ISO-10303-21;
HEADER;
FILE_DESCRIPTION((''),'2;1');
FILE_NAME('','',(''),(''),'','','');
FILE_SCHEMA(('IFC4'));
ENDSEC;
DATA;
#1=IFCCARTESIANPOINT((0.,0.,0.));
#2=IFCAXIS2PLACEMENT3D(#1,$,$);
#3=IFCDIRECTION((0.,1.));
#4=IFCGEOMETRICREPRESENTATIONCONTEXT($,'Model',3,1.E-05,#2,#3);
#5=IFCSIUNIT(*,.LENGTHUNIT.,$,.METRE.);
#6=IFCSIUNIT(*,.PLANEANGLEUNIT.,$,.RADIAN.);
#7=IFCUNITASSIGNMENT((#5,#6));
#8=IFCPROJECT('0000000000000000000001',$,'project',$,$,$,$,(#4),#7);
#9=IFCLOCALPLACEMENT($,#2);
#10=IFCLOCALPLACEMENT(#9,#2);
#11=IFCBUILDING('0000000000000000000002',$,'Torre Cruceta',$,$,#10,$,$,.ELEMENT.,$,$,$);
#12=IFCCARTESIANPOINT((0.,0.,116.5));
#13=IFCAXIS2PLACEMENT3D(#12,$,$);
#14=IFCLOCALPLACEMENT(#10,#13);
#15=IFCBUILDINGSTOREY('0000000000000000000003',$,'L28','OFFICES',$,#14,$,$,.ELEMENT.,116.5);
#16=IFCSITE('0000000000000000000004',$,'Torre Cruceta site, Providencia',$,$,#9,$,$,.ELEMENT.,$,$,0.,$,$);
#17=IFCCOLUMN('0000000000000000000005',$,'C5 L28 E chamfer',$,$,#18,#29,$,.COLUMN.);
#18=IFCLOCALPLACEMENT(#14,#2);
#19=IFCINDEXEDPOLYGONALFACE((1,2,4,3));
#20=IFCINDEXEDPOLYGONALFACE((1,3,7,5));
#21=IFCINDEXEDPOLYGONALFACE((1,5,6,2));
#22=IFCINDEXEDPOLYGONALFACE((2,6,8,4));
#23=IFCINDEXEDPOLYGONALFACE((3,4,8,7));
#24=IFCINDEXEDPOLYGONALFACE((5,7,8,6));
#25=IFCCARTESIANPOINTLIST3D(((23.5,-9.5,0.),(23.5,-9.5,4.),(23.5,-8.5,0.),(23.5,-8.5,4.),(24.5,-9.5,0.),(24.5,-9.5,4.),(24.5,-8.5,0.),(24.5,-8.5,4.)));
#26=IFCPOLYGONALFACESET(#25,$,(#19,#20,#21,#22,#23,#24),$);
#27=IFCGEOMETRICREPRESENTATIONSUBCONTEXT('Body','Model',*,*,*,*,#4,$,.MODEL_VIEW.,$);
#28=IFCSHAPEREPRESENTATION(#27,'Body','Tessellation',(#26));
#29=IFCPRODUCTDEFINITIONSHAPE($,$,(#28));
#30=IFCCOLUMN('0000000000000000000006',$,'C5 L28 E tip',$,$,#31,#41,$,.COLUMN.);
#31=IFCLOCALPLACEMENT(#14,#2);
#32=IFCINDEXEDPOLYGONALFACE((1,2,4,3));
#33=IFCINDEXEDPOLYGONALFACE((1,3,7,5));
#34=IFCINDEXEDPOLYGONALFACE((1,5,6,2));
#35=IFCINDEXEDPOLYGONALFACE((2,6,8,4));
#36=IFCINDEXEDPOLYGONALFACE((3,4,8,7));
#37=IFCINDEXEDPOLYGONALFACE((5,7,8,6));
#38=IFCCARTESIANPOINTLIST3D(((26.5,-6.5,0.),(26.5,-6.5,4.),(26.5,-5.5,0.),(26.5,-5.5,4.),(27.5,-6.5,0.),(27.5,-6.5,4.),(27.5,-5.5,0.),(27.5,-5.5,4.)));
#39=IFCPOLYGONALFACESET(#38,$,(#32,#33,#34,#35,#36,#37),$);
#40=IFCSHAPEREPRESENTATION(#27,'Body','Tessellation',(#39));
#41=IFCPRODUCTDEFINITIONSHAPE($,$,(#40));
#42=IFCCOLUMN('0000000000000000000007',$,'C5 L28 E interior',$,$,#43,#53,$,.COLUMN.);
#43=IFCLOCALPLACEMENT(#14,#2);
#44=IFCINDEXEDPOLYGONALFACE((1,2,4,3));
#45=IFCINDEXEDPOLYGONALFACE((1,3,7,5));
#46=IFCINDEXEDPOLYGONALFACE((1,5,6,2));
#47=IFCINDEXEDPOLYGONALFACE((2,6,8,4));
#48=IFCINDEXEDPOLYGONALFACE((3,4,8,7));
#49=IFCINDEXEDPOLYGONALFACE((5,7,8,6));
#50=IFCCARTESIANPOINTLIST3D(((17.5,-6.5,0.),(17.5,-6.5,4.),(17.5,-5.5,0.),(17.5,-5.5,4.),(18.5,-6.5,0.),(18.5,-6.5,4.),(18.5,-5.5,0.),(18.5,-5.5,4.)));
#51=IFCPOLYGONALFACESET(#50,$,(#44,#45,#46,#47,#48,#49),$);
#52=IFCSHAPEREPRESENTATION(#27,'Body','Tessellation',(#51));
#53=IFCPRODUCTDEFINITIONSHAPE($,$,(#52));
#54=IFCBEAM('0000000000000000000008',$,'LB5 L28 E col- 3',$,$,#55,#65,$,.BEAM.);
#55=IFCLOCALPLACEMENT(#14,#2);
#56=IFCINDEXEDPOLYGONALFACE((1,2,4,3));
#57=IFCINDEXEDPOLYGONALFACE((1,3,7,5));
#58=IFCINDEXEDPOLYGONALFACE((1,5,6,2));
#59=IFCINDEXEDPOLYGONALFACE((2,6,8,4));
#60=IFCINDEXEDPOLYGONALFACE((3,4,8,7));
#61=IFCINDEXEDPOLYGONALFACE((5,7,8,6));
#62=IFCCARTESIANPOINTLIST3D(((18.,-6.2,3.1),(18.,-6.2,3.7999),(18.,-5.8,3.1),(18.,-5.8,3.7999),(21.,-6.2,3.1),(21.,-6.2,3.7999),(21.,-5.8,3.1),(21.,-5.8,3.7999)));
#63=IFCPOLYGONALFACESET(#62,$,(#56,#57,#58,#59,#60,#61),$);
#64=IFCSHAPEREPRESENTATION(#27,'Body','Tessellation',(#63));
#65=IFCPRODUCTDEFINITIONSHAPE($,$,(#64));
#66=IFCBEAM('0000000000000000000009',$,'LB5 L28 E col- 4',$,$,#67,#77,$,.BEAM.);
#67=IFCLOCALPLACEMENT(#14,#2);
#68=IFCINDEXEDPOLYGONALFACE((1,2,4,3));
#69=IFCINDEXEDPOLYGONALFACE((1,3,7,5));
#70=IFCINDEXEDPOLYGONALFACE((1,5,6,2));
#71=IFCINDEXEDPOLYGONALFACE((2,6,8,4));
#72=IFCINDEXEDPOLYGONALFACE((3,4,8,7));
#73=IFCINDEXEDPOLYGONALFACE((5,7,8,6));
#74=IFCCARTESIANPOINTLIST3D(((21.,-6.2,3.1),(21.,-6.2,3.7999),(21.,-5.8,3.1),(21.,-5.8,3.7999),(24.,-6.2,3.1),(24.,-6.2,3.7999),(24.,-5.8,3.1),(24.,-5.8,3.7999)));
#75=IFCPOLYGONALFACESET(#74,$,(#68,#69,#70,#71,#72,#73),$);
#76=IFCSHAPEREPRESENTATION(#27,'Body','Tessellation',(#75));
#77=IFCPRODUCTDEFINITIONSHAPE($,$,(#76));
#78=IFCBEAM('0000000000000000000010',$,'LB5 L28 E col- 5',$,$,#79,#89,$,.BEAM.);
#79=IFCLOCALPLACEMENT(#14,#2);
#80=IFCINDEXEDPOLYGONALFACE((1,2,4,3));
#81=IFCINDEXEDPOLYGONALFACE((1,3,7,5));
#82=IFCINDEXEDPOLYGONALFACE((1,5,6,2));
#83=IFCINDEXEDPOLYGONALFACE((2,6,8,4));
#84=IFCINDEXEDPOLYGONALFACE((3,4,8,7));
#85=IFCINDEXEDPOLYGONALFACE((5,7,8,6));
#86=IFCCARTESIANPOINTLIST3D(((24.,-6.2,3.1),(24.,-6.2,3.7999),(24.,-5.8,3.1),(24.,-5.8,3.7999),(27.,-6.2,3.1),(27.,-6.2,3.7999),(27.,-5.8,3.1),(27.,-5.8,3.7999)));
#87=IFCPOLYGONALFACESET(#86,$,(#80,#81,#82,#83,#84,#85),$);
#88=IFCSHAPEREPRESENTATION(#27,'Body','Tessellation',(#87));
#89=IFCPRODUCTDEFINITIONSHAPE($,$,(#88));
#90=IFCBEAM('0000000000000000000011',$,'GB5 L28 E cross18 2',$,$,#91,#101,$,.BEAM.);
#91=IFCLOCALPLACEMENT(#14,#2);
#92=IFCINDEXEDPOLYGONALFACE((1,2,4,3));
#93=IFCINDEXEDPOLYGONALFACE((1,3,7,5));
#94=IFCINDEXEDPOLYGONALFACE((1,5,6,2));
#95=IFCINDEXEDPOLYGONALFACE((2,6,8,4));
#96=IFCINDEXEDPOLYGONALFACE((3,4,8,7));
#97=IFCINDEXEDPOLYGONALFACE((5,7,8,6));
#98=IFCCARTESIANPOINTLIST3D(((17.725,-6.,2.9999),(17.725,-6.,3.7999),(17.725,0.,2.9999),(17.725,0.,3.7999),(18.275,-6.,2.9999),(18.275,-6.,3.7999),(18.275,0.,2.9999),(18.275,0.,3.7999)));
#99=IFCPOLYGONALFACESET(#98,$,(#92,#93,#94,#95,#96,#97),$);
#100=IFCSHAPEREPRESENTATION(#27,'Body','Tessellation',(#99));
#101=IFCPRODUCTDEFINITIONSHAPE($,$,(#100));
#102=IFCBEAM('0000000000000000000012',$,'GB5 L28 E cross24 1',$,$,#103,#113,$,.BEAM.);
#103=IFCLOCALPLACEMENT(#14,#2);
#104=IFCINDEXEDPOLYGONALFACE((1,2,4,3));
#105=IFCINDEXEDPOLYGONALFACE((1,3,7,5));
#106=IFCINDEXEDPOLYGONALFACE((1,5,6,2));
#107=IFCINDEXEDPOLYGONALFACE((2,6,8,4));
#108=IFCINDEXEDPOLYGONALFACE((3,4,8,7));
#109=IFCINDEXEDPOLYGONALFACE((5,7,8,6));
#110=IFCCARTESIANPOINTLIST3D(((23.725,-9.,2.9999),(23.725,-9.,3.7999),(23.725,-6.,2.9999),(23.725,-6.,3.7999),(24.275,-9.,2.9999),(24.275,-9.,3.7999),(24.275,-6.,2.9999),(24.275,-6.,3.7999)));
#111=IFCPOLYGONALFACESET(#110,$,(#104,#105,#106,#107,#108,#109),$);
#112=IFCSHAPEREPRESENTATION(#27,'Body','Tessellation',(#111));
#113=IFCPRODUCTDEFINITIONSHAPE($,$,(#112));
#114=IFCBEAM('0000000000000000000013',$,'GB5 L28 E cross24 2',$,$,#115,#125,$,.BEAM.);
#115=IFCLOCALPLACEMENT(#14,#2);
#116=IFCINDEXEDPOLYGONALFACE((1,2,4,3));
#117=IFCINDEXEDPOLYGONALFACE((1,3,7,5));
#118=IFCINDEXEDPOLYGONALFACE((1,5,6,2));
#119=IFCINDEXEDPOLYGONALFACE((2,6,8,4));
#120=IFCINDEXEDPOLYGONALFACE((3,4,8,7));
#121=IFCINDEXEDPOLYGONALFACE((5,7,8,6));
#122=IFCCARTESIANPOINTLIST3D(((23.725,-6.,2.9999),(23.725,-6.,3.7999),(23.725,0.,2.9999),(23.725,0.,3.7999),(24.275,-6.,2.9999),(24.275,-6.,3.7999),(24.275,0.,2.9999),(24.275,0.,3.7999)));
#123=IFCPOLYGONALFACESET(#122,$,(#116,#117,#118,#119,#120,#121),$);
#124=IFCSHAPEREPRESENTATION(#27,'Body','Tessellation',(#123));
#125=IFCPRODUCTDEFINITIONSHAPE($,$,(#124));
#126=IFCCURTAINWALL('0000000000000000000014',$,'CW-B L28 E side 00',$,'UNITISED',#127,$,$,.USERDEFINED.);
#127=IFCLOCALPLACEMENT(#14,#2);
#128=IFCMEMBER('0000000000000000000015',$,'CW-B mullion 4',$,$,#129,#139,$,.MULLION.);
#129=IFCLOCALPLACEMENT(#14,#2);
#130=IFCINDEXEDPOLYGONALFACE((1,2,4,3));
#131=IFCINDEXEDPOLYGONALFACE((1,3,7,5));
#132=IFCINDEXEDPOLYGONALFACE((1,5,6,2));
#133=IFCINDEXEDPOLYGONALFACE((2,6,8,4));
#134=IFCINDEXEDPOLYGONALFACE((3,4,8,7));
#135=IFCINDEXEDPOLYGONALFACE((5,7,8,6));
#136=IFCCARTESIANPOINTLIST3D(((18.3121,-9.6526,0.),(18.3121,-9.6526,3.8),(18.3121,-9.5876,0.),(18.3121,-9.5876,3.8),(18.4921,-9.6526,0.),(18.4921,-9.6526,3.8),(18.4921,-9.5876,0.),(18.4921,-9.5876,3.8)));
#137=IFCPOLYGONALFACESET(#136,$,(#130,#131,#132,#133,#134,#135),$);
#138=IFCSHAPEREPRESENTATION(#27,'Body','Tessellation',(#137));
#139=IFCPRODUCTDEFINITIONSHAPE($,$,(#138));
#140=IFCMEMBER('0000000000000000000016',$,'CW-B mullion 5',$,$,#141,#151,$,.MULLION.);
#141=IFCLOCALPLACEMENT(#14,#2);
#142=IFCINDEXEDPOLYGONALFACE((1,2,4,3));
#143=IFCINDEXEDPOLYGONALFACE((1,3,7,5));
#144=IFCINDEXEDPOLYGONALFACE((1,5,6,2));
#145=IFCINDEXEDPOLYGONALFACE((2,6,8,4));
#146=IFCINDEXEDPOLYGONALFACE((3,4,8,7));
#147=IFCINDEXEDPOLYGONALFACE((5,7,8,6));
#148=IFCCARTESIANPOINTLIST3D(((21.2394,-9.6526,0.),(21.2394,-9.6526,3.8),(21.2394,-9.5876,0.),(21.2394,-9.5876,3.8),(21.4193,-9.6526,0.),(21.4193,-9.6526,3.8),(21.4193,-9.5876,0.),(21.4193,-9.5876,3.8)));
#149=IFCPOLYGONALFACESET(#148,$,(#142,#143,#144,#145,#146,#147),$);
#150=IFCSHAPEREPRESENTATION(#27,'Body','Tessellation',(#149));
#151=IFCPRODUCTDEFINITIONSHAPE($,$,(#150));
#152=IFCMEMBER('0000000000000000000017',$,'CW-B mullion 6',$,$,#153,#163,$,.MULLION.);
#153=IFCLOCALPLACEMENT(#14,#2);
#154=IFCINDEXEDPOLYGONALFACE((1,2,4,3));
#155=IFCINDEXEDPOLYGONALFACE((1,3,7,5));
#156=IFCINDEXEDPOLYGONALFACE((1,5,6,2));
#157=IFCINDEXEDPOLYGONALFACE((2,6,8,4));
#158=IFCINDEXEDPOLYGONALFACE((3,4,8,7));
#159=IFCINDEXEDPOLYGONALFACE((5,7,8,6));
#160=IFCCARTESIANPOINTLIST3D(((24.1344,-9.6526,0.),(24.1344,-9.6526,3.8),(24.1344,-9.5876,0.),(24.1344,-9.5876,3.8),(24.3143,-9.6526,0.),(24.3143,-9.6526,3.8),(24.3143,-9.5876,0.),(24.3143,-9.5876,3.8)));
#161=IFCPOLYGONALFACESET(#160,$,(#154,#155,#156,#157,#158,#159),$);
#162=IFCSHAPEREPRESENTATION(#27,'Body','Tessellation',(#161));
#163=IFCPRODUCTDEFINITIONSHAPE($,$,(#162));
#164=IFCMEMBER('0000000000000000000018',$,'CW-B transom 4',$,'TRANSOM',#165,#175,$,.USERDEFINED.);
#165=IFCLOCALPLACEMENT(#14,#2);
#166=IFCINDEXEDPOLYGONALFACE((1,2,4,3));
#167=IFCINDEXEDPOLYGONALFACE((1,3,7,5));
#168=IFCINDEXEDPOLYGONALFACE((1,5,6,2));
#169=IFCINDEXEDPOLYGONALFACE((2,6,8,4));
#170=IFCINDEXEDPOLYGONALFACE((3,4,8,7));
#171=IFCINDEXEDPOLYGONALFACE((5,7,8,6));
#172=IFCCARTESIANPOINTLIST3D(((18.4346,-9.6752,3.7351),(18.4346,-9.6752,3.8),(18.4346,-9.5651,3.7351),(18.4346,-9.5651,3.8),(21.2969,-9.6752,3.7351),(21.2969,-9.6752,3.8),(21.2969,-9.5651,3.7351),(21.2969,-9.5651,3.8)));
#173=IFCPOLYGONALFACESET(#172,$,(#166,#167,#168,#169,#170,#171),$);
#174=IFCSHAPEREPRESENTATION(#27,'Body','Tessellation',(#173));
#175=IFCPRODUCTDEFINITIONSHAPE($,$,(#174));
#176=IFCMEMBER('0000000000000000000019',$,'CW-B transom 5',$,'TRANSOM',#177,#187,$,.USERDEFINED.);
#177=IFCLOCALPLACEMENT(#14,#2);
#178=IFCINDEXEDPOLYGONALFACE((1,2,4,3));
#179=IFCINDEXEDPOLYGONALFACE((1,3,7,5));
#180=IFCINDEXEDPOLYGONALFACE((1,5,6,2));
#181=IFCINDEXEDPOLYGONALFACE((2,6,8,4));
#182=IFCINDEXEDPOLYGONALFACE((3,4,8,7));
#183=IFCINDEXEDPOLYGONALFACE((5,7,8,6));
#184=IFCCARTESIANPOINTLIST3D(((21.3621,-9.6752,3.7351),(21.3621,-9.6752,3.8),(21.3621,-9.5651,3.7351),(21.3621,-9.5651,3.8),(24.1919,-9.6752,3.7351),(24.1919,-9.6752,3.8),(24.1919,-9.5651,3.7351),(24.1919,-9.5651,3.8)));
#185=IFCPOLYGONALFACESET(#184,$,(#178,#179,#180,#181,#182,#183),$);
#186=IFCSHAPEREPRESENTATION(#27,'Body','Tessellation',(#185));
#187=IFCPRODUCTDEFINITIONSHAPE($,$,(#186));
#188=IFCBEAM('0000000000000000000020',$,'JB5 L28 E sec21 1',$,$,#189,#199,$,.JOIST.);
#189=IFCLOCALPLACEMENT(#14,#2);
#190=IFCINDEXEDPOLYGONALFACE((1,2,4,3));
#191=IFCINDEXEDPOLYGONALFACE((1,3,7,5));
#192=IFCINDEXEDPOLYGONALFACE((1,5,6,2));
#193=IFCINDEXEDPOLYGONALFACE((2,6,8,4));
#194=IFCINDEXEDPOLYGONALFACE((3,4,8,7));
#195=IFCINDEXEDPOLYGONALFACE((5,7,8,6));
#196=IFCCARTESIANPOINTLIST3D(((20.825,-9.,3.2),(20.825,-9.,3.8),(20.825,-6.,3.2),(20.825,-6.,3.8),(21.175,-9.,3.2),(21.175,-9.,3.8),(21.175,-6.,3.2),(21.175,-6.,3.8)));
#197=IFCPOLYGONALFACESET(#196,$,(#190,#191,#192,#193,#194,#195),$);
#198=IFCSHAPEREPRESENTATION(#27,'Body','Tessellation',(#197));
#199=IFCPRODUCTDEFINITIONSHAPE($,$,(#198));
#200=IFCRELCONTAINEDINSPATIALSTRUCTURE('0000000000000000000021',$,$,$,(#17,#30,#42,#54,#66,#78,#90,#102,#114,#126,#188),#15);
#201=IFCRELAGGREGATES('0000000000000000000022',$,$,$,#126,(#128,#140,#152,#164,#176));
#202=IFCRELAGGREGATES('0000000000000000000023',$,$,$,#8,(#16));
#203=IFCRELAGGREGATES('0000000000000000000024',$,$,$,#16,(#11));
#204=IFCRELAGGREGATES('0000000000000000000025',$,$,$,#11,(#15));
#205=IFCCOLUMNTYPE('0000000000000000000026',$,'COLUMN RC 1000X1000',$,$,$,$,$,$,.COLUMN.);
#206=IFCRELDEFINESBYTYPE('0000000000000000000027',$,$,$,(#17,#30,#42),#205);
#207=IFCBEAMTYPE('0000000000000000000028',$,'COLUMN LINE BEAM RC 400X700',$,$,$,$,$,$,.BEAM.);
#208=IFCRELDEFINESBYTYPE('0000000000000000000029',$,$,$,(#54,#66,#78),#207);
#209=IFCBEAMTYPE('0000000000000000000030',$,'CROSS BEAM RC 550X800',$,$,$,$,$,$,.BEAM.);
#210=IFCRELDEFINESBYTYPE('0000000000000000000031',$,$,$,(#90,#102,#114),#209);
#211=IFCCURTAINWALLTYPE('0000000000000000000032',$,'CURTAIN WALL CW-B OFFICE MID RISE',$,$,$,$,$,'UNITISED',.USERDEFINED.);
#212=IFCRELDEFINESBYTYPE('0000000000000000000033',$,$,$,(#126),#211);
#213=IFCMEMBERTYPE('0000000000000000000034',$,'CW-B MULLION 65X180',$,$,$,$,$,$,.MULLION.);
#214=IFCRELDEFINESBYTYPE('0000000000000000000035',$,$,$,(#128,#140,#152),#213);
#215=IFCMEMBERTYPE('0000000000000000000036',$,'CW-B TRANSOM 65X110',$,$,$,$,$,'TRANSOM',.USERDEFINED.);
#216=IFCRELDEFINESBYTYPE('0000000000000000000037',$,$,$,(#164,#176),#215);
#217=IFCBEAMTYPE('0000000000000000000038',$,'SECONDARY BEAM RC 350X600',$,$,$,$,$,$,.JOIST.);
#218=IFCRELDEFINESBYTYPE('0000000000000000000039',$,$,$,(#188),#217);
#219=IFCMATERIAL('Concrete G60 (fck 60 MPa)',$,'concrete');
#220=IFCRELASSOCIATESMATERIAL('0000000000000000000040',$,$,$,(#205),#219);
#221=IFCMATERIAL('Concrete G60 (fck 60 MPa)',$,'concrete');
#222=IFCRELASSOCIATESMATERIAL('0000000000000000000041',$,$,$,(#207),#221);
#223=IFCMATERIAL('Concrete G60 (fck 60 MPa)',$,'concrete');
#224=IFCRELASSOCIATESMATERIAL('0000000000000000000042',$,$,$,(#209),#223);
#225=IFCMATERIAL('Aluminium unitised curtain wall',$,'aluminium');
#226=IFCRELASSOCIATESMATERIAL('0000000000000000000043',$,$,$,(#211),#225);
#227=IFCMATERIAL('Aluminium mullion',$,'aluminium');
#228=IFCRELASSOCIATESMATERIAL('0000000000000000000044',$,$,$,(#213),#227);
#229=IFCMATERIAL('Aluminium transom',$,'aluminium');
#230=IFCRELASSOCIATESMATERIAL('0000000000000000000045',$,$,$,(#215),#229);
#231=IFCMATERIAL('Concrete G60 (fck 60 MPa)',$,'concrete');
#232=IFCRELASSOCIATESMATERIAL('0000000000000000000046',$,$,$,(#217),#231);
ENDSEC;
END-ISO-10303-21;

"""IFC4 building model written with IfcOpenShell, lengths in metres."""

from ifc_helpers import new_model, si_unit, direction, frame, origin, origin_2d, place, context, subcontext, project, spatial, rectangle, extrude, material, material_profile, profile_set, type_object, element, aggregate, save


model = new_model("IFC4")

# Units and contexts
model_context = context("Model", 3, precision=1e-05, world=origin(), true_north=direction((0.0, 1.0)))
body_context = subcontext(model_context, "Body", "Model", "MODEL_VIEW")
ifc_project = project(units=[si_unit("LENGTHUNIT", "METRE"), si_unit("PLANEANGLEUNIT", "RADIAN")], contexts=[model_context])

# Site, building, storey
site_placement = place(None, origin())
site = spatial("IfcSite", under=ifc_project, at=site_placement, Name="Torre Cruceta site, Providencia", CompositionType="ELEMENT", RefElevation=0.0)
building_placement = place(site_placement, origin())
building = spatial("IfcBuilding", under=site, at=building_placement, Name="Torre Cruceta", CompositionType="ELEMENT")
storey_placement = place(building_placement, frame((0.0, 0.0, 116.5)))
storey = spatial("IfcBuildingStorey", under=building, at=storey_placement, Name="L28", Description="OFFICES", CompositionType="ELEMENT", Elevation=116.5)

# Columns
ifc_material_1 = material(Name="Concrete G60 (fck 60 MPa)", Category="concrete")
ifc_material_profile_1 = material_profile(ifc_material_1, rectangle(XDim=1.0, YDim=1.0, at=origin_2d()), Name="RC 1000X1000")
ifc_profile_set_1 = profile_set([ifc_material_profile_1], Name="Concrete G60 (fck 60 MPa)")
column_type = type_object("IfcColumnType", Name="COLUMN RC 1000X1000", PredefinedType="COLUMN", material=ifc_profile_set_1)
for number, where, z_axis, x_axis, name in (
    (1, (24.0, -9.0, 0.0), (0.0, 0.0, 1.0), (1.0, 0.0, 0.0), "C5 L28 E chamfer"),
    (2, (27.0, -6.0, 0.0), (0.0, 0.0, 1.0), (1.0, 0.0, 0.0), "C5 L28 E tip"),
    (3, (18.0, -6.0, 0.0), (0.0, 0.0, 1.0), (1.0, 0.0, 0.0), "C5 L28 E interior"),
):
    element("IfcColumn", number, at=place(storey_placement, frame(where, z_axis=z_axis, x_axis=x_axis)), inside=storey, type_object=column_type, Name=name, PredefinedType="COLUMN", context=body_context, shape_type="SweptSolid", body=[
        extrude(rectangle(XDim=1.0, YDim=1.0, at=origin_2d()), origin(), (0.0, 0.0, 1.0), 4.0),
    ])

# Beams
ifc_material_2 = material(Name="Concrete G60 (fck 60 MPa)", Category="concrete")
ifc_material_profile_2 = material_profile(ifc_material_2, rectangle(XDim=0.3999, YDim=0.7, at=origin_2d()), Name="RC 400X700")
ifc_profile_set_2 = profile_set([ifc_material_profile_2], Name="Concrete G60 (fck 60 MPa)")
beam_type_1 = type_object("IfcBeamType", Name="COLUMN LINE BEAM RC 400X700", PredefinedType="BEAM", material=ifc_profile_set_2)
for number, where, z_axis, x_axis, name in (
    (4, (18.0, -6.0, 3.45), (1.0, 0.0, 0.0), (0.0, 1.0, 0.0), "LB5 L28 E col- 3"),
    (5, (21.0, -6.0, 3.45), (1.0, 0.0, 0.0), (0.0, 1.0, 0.0), "LB5 L28 E col- 4"),
    (6, (24.0, -6.0, 3.45), (1.0, 0.0, 0.0), (0.0, 1.0, 0.0), "LB5 L28 E col- 5"),
):
    element("IfcBeam", number, at=place(storey_placement, frame(where, z_axis=z_axis, x_axis=x_axis)), inside=storey, type_object=beam_type_1, Name=name, PredefinedType="BEAM", context=body_context, shape_type="SweptSolid", body=[
        extrude(rectangle(XDim=0.3999, YDim=0.7, at=origin_2d()), origin(), (0.0, 0.0, 1.0), 3.0),
    ])
ifc_material_3 = material(Name="Concrete G60 (fck 60 MPa)", Category="concrete")
ifc_material_profile_3 = material_profile(ifc_material_3, rectangle(XDim=0.55, YDim=0.8, at=origin_2d()), Name="RC 550X800")
ifc_profile_set_3 = profile_set([ifc_material_profile_3], Name="Concrete G60 (fck 60 MPa)")
beam_type_2 = type_object("IfcBeamType", Name="CROSS BEAM RC 550X800", PredefinedType="BEAM", material=ifc_profile_set_3)
beam_1_placement = place(storey_placement, frame((18.0, -6.0, 3.3999), z_axis=(0.0, 1.0, 0.0), x_axis=(-1.0, 0.0, 0.0)))
element("IfcBeam", 7, at=beam_1_placement, inside=storey, type_object=beam_type_2, Name="GB5 L28 E cross18 2", PredefinedType="BEAM", context=body_context, shape_type="SweptSolid", body=[
    extrude(rectangle(XDim=0.55, YDim=0.8, at=origin_2d()), origin(), (0.0, 0.0, 1.0), 6.0),
])
beam_2_placement = place(storey_placement, frame((24.0, -9.0, 3.3999), z_axis=(0.0, 1.0, 0.0), x_axis=(-1.0, 0.0, 0.0)))
element("IfcBeam", 8, at=beam_2_placement, inside=storey, type_object=beam_type_2, Name="GB5 L28 E cross24 1", PredefinedType="BEAM", context=body_context, shape_type="SweptSolid", body=[
    extrude(rectangle(XDim=0.55, YDim=0.8, at=origin_2d()), origin(), (0.0, 0.0, 1.0), 3.0),
])
beam_3_placement = place(storey_placement, frame((24.0, -6.0, 3.3999), z_axis=(0.0, 1.0, 0.0), x_axis=(-1.0, 0.0, 0.0)))
element("IfcBeam", 9, at=beam_3_placement, inside=storey, type_object=beam_type_2, Name="GB5 L28 E cross24 2", PredefinedType="BEAM", context=body_context, shape_type="SweptSolid", body=[
    extrude(rectangle(XDim=0.55, YDim=0.8, at=origin_2d()), origin(), (0.0, 0.0, 1.0), 6.0),
])

# Curtain wall, members
ifc_material_4 = material(Name="Aluminium unitised curtain wall", Category="aluminium")
curtain_wall_type = type_object("IfcCurtainWallType", Name="CURTAIN WALL CW-B OFFICE MID RISE", ElementType="UNITISED", PredefinedType="USERDEFINED", material=ifc_material_4)
curtain_wall_placement = place(storey_placement, origin())
curtain_wall = element("IfcCurtainWall", 10, at=curtain_wall_placement, inside=storey, type_object=curtain_wall_type, Name="CW-B L28 E side 00", ObjectType="UNITISED", PredefinedType="USERDEFINED")
ifc_material_5 = material(Name="Aluminium mullion", Category="aluminium")
ifc_material_profile_4 = material_profile(ifc_material_5, rectangle(XDim=0.0649, YDim=0.1799, at=origin_2d()), Name="AL 65X180")
ifc_profile_set_4 = profile_set([ifc_material_profile_4], Name="Aluminium mullion")
member_type_1 = type_object("IfcMemberType", Name="CW-B MULLION 65X180", PredefinedType="MULLION", material=ifc_profile_set_4)
member_1_placement = place(storey_placement, frame((18.4021, -9.6201, 0.0), z_axis=(0.0, 0.0, 1.0), x_axis=(0.0, 1.0, 0.0)))
member_1 = element("IfcMember", 11, at=member_1_placement, type_object=member_type_1, Name="CW-B mullion 4", PredefinedType="MULLION", context=body_context, shape_type="SweptSolid", body=[
    extrude(rectangle(XDim=0.0649, YDim=0.1799, at=origin_2d()), origin(), (0.0, 0.0, 1.0), 3.8),
])
member_2_placement = place(storey_placement, frame((21.3293, -9.6201, 0.0), z_axis=(0.0, 0.0, 1.0), x_axis=(0.0, 1.0, 0.0)))
member_2 = element("IfcMember", 12, at=member_2_placement, type_object=member_type_1, Name="CW-B mullion 5", PredefinedType="MULLION", context=body_context, shape_type="SweptSolid", body=[
    extrude(rectangle(XDim=0.0649, YDim=0.1799, at=origin_2d()), origin(), (0.0, 0.0, 1.0), 3.8),
])
member_3_placement = place(storey_placement, frame((24.2244, -9.6201, 0.0), z_axis=(0.0, 0.0, 1.0), x_axis=(0.0, 1.0, 0.0)))
member_3 = element("IfcMember", 13, at=member_3_placement, type_object=member_type_1, Name="CW-B mullion 6", PredefinedType="MULLION", context=body_context, shape_type="SweptSolid", body=[
    extrude(rectangle(XDim=0.0649, YDim=0.1799, at=origin_2d()), origin(), (0.0, 0.0, 1.0), 3.8),
])
ifc_material_6 = material(Name="Aluminium transom", Category="aluminium")
ifc_material_profile_5 = material_profile(ifc_material_6, rectangle(XDim=0.1101, YDim=0.0649, at=origin_2d()), Name="AL 110X65")
ifc_profile_set_5 = profile_set([ifc_material_profile_5], Name="Aluminium transom")
member_type_2 = type_object("IfcMemberType", Name="CW-B TRANSOM 65X110", ElementType="TRANSOM", PredefinedType="USERDEFINED", material=ifc_profile_set_5)
member_4_placement = place(storey_placement, frame((18.4346, -9.6201, 3.7676), z_axis=(1.0, 0.0, 0.0), x_axis=(0.0, 1.0, 0.0)))
member_4 = element("IfcMember", 14, at=member_4_placement, type_object=member_type_2, Name="CW-B transom 4", ObjectType="TRANSOM", PredefinedType="USERDEFINED", context=body_context, shape_type="SweptSolid", body=[
    extrude(rectangle(XDim=0.1101, YDim=0.0649, at=origin_2d()), origin(), (0.0, 0.0, 1.0), 2.8623),
])
member_5_placement = place(storey_placement, frame((21.3621, -9.6201, 3.7676), z_axis=(1.0, 0.0, 0.0), x_axis=(0.0, 1.0, 0.0)))
member_5 = element("IfcMember", 15, at=member_5_placement, type_object=member_type_2, Name="CW-B transom 5", ObjectType="TRANSOM", PredefinedType="USERDEFINED", context=body_context, shape_type="SweptSolid", body=[
    extrude(rectangle(XDim=0.1101, YDim=0.0649, at=origin_2d()), origin(), (0.0, 0.0, 1.0), 2.8298),
])

# Beam
ifc_material_7 = material(Name="Concrete G60 (fck 60 MPa)", Category="concrete")
ifc_material_profile_6 = material_profile(ifc_material_7, rectangle(XDim=0.3501, YDim=0.6001, at=origin_2d()), Name="RC 350X600")
ifc_profile_set_6 = profile_set([ifc_material_profile_6], Name="Concrete G60 (fck 60 MPa)")
beam_type_3 = type_object("IfcBeamType", Name="SECONDARY BEAM RC 350X600", PredefinedType="JOIST", material=ifc_profile_set_6)
beam_4_placement = place(storey_placement, frame((21.0, -9.0, 3.5), z_axis=(0.0, 1.0, 0.0), x_axis=(-1.0, 0.0, 0.0)))
element("IfcBeam", 16, at=beam_4_placement, inside=storey, type_object=beam_type_3, Name="JB5 L28 E sec21 1", PredefinedType="JOIST", context=body_context, shape_type="SweptSolid", body=[
    extrude(rectangle(XDim=0.3501, YDim=0.6001, at=origin_2d()), origin(), (0.0, 0.0, 1.0), 3.0),
])

aggregate(curtain_wall, [member_1, member_2, member_3, member_4, member_5])

save(model, "model.ifc")
